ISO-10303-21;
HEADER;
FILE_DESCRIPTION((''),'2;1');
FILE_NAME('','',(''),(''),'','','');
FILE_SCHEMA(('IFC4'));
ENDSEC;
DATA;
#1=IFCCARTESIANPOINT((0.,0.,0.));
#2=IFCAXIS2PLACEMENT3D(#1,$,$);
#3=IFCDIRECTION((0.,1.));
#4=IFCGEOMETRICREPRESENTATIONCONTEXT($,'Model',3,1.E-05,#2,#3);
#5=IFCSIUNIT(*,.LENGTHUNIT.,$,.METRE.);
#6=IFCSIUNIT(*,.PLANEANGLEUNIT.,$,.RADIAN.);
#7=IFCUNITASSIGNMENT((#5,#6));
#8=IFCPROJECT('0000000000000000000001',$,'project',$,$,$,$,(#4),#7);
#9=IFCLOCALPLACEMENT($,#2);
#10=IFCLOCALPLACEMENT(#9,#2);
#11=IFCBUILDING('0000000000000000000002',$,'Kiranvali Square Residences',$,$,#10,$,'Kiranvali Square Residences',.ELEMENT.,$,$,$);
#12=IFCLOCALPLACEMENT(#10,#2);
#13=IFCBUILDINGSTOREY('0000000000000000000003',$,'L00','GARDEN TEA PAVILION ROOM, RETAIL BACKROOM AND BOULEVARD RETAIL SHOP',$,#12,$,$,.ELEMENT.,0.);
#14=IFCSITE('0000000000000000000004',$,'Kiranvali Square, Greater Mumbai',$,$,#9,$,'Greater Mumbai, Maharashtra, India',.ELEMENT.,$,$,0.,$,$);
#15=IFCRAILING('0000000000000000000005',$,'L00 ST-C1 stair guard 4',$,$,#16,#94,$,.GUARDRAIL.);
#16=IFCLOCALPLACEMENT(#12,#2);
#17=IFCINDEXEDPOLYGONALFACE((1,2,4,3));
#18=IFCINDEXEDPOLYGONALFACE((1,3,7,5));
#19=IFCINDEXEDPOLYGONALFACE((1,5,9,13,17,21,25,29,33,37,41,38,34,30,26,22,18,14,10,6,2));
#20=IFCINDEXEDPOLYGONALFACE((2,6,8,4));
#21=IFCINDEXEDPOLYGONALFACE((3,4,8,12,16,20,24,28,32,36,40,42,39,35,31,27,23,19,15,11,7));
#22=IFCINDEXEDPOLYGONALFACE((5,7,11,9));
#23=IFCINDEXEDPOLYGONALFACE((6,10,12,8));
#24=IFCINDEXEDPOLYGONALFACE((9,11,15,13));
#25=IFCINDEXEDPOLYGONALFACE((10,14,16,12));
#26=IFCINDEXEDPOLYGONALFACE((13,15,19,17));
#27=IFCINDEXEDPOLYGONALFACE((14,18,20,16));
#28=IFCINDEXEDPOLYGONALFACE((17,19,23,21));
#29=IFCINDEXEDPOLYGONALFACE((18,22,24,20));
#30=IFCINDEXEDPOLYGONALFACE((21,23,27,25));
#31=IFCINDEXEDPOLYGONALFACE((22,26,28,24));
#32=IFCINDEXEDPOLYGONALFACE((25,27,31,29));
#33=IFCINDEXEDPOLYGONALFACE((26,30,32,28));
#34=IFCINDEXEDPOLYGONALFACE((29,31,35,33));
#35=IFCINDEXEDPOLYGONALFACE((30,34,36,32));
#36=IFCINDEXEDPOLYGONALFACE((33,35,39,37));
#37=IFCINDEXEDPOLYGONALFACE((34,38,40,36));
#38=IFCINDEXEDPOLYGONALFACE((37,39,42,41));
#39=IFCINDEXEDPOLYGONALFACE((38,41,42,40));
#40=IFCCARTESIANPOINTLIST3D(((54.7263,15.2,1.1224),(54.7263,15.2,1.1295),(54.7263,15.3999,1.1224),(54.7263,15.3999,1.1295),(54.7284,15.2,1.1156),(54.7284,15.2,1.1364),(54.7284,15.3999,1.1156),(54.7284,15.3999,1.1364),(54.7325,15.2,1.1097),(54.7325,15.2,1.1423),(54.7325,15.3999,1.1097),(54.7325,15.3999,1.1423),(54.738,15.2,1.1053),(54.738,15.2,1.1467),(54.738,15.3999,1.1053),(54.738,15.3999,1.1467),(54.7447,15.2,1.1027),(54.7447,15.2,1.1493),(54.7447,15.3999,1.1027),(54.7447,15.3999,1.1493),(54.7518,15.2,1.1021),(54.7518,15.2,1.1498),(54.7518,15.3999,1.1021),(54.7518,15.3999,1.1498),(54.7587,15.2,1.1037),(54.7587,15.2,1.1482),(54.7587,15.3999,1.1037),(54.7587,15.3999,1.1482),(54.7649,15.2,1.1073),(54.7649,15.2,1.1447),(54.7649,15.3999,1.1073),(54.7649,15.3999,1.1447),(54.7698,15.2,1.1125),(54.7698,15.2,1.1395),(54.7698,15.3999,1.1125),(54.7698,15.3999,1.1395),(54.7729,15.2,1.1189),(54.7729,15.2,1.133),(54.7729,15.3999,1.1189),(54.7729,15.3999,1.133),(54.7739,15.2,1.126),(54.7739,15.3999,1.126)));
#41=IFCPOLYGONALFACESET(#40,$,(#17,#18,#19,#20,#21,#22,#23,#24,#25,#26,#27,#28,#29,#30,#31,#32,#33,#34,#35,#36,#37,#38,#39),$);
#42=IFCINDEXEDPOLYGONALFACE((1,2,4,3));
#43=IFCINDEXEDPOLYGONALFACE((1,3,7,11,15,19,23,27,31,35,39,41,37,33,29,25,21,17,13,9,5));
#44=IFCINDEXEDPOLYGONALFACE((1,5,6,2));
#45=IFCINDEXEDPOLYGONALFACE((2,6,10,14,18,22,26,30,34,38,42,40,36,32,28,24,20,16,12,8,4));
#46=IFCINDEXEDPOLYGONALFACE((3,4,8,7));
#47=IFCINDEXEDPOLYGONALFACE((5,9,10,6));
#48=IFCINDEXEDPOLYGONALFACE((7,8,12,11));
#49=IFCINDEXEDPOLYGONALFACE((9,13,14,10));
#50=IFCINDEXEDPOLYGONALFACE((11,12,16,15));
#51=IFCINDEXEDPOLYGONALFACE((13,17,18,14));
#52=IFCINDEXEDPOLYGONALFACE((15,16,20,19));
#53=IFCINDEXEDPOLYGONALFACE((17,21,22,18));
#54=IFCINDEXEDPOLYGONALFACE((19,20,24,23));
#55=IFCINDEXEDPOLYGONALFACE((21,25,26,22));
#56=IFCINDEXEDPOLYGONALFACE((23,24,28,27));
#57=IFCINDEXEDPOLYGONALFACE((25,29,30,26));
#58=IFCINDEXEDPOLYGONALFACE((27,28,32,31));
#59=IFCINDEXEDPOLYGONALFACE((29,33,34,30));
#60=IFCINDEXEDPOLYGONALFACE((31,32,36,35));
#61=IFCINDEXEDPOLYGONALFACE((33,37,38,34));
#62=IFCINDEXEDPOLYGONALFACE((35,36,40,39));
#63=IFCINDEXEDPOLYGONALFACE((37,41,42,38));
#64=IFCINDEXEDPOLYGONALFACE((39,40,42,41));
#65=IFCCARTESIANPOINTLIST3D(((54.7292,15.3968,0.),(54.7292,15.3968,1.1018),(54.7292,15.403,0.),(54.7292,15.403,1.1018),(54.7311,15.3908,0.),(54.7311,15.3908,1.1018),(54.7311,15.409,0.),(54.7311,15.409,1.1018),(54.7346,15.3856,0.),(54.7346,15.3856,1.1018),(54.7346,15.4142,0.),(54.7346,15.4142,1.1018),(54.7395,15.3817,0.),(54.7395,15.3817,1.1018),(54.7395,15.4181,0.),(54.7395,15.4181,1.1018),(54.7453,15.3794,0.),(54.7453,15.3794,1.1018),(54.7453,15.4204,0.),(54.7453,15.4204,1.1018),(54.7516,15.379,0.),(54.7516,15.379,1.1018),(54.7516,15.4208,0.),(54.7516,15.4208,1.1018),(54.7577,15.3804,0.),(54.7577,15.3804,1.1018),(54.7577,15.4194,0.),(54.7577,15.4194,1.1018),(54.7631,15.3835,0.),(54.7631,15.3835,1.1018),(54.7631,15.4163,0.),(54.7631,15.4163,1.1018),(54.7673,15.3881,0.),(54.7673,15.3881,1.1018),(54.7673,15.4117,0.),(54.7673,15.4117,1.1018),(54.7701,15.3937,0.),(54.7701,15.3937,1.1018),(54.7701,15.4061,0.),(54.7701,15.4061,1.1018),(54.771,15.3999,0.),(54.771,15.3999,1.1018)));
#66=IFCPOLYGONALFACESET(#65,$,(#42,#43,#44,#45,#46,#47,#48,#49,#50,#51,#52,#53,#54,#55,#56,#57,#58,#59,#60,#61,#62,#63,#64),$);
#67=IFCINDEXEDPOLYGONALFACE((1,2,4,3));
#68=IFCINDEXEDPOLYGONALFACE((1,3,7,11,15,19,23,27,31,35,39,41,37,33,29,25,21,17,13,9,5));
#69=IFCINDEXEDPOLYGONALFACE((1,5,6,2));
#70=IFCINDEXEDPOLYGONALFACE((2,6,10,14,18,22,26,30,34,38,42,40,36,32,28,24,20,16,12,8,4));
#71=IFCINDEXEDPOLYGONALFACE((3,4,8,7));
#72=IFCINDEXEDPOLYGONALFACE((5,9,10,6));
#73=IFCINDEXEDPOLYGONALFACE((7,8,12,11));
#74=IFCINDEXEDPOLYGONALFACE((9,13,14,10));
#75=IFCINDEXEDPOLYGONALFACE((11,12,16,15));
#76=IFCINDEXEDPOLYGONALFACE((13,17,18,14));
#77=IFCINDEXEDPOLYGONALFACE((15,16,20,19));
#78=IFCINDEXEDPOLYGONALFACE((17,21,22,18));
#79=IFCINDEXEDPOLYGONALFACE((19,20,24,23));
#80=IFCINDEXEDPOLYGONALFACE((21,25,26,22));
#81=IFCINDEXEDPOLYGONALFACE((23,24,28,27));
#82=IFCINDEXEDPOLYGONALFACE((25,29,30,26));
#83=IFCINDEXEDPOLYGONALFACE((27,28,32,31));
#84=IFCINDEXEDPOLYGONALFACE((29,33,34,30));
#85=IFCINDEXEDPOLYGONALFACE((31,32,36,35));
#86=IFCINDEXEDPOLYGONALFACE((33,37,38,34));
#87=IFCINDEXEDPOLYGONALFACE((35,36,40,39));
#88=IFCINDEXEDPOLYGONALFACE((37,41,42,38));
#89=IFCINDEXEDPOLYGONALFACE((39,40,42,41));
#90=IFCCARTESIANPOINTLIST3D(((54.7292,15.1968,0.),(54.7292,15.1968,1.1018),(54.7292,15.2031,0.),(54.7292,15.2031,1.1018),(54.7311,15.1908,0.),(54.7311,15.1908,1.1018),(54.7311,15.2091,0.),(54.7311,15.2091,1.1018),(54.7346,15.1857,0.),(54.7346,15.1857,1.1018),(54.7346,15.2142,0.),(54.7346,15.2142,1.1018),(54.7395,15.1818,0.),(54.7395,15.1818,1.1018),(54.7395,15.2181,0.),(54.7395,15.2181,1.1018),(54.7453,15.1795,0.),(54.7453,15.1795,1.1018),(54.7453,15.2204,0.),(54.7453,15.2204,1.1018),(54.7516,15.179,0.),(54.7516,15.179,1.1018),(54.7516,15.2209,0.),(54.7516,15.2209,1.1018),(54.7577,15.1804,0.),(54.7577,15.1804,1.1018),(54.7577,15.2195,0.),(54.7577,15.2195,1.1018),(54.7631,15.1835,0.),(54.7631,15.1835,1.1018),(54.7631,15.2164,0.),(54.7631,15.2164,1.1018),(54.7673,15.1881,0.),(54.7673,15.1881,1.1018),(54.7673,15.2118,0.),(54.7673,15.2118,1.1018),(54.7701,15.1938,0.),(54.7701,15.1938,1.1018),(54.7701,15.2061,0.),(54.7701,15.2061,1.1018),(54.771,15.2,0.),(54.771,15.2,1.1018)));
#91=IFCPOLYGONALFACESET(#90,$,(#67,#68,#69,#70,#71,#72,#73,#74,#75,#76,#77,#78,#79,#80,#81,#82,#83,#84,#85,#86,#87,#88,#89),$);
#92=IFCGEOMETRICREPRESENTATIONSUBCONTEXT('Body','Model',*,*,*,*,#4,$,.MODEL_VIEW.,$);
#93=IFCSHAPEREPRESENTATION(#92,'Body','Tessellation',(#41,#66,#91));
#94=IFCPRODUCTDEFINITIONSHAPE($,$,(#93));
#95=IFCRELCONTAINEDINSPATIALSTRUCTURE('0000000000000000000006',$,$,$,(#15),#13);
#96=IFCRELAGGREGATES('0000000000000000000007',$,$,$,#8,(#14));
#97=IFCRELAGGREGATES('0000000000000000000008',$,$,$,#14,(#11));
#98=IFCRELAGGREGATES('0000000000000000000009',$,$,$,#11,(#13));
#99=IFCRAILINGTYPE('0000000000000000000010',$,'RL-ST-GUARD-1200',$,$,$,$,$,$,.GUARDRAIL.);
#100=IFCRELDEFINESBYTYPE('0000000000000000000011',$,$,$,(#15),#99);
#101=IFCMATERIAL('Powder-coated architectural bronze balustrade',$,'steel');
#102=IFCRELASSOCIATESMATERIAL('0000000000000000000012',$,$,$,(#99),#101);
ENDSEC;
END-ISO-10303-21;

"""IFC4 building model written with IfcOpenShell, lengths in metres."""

from ifc_helpers import new_model, si_unit, direction, frame, origin, origin_2d, place, context, subcontext, project, spatial, circle, extrude, material, type_object, element, save


model = new_model("IFC4")

# Units and contexts
model_context = context("Model", 3, precision=1e-05, world=origin(), true_north=direction((0.0, 1.0)))
body_context = subcontext(model_context, "Body", "Model", "MODEL_VIEW")
ifc_project = project(units=[si_unit("LENGTHUNIT", "METRE"), si_unit("PLANEANGLEUNIT", "RADIAN")], contexts=[model_context])

# Site, building, storey
site_placement = place(None, origin())
site = spatial("IfcSite", under=ifc_project, at=site_placement, Name="Kiranvali Square, Greater Mumbai", LongName="Greater Mumbai, Maharashtra, India", CompositionType="ELEMENT", RefElevation=0.0)
building_placement = place(site_placement, origin())
building = spatial("IfcBuilding", under=site, at=building_placement, Name="Kiranvali Square Residences", LongName="Kiranvali Square Residences", CompositionType="ELEMENT")
storey_placement = place(building_placement, origin())
storey = spatial("IfcBuildingStorey", under=building, at=storey_placement, Name="L00", Description="GARDEN TEA PAVILION ROOM, RETAIL BACKROOM AND BOULEVARD RETAIL SHOP", CompositionType="ELEMENT", Elevation=0.0)

# Railing
ifc_material_1 = material(Name="Powder-coated architectural bronze balustrade", Category="steel")
railing_type_1 = type_object("IfcRailingType", Name="RL-ST-GUARD-1200", PredefinedType="GUARDRAIL", material=ifc_material_1)
railing_1_placement = place(storey_placement, frame((54.75, 15.3999, 0.0)))
element("IfcRailing", 1, at=railing_1_placement, inside=storey, type_object=railing_type_1, Name="L00 ST-C1 stair guard 4", PredefinedType="GUARDRAIL", context=body_context, shape_type="SweptSolid", body=[
    extrude(circle(Radius=0.0239, at=origin_2d()), frame((0.0, 0.0, 1.126), z_axis=(0.0, -1.0, 0.0), x_axis=(1.0, 0.0, 0.0)), (0.0, 0.0, 1.0), 0.2),
    extrude(circle(Radius=0.021, at=origin_2d()), origin(), (0.0, 0.0, 1.0), 1.1018),
    extrude(circle(Radius=0.021, at=origin_2d()), frame((0.0, -0.2, 0.0)), (0.0, 0.0, 1.0), 1.1018),
])

save(model, "model.ifc")
